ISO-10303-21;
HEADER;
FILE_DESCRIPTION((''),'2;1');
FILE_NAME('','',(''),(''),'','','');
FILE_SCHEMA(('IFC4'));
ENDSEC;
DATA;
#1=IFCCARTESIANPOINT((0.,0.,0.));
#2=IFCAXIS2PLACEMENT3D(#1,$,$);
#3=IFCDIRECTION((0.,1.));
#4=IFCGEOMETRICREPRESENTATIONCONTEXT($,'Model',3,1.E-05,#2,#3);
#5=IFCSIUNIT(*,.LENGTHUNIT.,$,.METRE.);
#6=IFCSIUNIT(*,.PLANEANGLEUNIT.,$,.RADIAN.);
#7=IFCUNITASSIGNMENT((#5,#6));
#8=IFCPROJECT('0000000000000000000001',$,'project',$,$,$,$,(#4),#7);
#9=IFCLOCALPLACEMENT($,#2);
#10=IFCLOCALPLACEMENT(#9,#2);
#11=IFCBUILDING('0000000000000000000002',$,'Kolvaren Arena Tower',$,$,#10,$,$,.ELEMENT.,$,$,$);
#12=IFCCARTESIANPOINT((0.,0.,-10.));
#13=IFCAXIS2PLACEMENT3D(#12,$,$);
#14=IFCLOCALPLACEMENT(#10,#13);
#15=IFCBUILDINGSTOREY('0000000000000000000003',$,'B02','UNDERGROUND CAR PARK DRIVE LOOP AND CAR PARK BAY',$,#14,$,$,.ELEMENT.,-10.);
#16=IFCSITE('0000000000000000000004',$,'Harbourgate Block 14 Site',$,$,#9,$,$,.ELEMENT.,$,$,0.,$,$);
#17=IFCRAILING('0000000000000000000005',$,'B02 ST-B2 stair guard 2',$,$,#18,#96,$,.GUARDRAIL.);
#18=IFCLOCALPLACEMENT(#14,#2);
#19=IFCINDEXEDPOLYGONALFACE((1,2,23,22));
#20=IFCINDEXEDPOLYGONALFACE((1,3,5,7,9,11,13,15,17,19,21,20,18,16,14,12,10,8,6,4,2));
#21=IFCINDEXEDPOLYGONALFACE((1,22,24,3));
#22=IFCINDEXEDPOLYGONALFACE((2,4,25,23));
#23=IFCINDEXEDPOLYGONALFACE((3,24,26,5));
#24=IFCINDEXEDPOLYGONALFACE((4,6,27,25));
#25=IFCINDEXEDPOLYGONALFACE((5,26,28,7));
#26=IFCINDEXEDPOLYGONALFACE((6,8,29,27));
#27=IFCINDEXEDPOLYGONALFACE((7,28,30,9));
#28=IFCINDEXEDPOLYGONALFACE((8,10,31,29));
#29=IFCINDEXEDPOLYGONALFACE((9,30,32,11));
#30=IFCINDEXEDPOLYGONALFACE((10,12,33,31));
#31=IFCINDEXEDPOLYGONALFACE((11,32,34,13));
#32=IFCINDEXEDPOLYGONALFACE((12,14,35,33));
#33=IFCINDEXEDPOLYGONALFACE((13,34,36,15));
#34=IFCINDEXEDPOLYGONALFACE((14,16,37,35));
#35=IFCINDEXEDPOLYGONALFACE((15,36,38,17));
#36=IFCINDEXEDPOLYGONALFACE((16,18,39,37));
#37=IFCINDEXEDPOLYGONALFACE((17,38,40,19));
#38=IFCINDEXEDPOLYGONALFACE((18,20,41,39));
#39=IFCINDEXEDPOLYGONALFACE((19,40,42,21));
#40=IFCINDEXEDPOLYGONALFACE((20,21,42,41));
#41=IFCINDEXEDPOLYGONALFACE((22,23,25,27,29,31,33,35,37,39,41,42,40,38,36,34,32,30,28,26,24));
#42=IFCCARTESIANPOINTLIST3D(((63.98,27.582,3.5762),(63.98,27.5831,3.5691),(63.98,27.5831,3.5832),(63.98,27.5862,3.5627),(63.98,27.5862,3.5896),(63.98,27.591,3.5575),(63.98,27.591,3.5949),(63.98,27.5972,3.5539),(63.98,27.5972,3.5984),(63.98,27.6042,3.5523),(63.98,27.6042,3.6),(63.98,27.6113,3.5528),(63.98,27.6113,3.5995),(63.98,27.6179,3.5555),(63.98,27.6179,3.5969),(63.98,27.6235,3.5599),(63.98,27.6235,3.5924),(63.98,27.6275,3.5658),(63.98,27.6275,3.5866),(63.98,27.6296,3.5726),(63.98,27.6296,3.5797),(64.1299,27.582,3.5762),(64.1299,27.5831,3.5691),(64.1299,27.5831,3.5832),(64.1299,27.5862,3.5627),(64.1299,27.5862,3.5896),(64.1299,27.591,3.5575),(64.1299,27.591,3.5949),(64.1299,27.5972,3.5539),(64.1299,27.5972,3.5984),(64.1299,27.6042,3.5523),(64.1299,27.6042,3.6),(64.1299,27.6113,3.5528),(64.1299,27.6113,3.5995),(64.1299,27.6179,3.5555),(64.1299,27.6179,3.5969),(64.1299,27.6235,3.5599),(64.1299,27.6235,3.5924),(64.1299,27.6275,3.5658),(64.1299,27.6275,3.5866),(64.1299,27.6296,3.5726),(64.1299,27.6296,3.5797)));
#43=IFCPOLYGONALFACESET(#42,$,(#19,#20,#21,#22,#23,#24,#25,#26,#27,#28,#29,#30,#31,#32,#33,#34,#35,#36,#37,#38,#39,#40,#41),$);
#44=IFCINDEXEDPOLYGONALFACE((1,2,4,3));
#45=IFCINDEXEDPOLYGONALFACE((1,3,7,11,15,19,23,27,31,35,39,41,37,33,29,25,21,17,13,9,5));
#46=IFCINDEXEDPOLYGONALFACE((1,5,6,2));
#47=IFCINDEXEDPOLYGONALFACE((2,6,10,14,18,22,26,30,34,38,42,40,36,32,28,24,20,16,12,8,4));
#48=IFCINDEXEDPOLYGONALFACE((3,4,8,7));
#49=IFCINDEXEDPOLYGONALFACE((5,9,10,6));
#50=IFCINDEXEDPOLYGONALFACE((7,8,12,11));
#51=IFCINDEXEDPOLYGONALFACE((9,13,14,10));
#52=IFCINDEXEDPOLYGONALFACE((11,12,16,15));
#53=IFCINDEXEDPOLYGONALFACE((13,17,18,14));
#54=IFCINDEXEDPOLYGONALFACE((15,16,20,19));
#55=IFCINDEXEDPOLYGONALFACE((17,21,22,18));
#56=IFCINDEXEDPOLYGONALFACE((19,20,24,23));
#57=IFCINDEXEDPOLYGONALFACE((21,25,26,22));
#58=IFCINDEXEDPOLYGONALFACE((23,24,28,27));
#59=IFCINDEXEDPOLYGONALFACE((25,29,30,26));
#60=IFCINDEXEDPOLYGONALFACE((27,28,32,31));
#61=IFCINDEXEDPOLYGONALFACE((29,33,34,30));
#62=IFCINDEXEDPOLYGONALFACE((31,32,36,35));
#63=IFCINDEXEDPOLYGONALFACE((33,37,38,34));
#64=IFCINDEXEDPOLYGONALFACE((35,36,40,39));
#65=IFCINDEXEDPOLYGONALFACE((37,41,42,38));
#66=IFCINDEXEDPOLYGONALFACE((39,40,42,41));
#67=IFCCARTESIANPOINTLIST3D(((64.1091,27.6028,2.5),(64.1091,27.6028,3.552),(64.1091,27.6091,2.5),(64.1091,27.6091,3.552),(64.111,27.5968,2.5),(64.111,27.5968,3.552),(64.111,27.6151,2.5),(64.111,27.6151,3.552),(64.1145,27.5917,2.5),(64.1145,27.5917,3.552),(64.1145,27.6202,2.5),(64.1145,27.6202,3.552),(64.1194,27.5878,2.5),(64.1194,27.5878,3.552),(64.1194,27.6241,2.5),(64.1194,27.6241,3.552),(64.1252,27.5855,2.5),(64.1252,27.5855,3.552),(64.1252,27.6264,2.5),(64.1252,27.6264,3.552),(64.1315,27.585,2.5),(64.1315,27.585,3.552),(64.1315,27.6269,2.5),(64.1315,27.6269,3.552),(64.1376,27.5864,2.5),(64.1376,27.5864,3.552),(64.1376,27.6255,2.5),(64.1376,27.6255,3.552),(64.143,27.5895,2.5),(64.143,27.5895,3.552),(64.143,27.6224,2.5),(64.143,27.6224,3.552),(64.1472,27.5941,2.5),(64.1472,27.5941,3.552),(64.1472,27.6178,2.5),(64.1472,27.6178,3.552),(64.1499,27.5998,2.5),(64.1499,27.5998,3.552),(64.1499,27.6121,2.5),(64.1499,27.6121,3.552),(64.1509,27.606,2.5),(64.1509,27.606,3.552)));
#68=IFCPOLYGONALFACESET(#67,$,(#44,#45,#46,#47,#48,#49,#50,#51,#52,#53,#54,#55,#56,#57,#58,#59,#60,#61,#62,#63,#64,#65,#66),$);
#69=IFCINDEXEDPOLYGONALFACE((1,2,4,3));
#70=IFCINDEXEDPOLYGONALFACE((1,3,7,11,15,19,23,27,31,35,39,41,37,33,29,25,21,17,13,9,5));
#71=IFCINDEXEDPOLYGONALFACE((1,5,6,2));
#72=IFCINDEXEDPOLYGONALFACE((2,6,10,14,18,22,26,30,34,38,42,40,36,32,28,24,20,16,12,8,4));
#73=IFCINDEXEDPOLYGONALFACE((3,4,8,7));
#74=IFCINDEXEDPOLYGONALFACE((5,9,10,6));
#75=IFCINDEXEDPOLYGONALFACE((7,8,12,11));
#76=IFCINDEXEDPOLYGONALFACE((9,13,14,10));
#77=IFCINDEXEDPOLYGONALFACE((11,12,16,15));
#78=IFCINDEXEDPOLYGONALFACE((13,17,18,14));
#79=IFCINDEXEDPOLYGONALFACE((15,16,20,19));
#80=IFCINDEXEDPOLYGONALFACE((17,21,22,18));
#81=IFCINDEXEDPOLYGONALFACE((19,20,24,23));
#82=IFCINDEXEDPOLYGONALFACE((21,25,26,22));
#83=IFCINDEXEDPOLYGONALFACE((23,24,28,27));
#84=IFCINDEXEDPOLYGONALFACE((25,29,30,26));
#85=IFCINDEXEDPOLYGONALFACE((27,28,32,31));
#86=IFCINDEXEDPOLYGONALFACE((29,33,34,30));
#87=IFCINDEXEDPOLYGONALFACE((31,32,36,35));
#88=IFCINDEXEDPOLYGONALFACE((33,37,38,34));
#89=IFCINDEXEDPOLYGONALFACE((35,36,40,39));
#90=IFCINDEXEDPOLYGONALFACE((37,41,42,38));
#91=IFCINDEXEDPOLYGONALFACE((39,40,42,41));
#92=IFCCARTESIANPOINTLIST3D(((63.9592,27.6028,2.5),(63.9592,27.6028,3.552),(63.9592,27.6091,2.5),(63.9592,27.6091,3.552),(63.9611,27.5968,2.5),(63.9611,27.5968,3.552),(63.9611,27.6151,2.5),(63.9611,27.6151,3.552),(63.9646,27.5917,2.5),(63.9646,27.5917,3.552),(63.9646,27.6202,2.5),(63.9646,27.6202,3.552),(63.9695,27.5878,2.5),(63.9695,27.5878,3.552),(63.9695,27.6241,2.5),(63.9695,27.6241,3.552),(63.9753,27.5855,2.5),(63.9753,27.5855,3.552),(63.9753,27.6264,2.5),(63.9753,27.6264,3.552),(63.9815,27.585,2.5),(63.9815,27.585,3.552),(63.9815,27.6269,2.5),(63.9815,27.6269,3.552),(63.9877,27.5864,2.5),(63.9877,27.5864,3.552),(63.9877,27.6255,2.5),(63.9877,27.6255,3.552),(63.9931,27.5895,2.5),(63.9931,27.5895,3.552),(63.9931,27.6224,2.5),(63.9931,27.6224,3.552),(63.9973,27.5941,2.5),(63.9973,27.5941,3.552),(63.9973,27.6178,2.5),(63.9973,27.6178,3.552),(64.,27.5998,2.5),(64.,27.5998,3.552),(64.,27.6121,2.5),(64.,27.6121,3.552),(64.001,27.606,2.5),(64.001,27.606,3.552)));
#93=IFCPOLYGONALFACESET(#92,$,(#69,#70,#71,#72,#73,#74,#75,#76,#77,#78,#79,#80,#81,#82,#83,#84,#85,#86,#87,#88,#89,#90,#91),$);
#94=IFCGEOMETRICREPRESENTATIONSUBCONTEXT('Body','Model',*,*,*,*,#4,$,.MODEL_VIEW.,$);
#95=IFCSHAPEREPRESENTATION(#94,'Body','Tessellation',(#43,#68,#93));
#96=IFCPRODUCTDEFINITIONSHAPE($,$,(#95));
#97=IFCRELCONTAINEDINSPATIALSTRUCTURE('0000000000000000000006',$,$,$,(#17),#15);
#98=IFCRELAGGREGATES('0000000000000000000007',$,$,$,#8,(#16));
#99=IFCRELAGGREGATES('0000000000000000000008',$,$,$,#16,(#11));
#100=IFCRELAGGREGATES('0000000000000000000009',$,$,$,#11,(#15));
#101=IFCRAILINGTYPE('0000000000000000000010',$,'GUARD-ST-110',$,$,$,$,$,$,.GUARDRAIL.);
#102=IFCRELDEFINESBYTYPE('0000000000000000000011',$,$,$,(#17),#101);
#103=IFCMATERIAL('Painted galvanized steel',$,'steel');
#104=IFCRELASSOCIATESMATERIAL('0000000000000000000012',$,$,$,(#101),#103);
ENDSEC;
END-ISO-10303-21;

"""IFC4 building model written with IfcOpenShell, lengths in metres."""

from ifc_helpers import new_model, si_unit, direction, frame, origin, origin_2d, place, context, subcontext, project, spatial, circle, extrude, material, type_object, element, save


model = new_model("IFC4")

# Units and contexts
model_context = context("Model", 3, precision=1e-05, world=origin(), true_north=direction((0.0, 1.0)))
body_context = subcontext(model_context, "Body", "Model", "MODEL_VIEW")
ifc_project = project(units=[si_unit("LENGTHUNIT", "METRE"), si_unit("PLANEANGLEUNIT", "RADIAN")], contexts=[model_context])

# Site, building, storey
site_placement = place(None, origin())
site = spatial("IfcSite", under=ifc_project, at=site_placement, Name="Harbourgate Block 14 Site", CompositionType="ELEMENT", RefElevation=0.0)
building_placement = place(site_placement, origin())
building = spatial("IfcBuilding", under=site, at=building_placement, Name="Kolvaren Arena Tower", CompositionType="ELEMENT")
storey_placement = place(building_placement, frame((0.0, 0.0, -10.0)))
storey = spatial("IfcBuildingStorey", under=building, at=storey_placement, Name="B02", Description="UNDERGROUND CAR PARK DRIVE LOOP AND CAR PARK BAY", CompositionType="ELEMENT", Elevation=-10.0)

# Railing
ifc_material_1 = material(Name="Painted galvanized steel", Category="steel")
railing_type_1 = type_object("IfcRailingType", Name="GUARD-ST-110", PredefinedType="GUARDRAIL", material=ifc_material_1)
railing_1_placement = place(storey_placement, frame((64.1299, 27.606, 2.5)))
element("IfcRailing", 1, at=railing_1_placement, inside=storey, type_object=railing_type_1, Name="B02 ST-B2 stair guard 2", PredefinedType="GUARDRAIL", context=body_context, shape_type="SweptSolid", body=[
    extrude(circle(Radius=0.0239, at=origin_2d()), frame((0.0, 0.0, 1.0762), z_axis=(-1.0, 0.0, 0.0), x_axis=(0.0, -1.0, 0.0)), (0.0, 0.0, 1.0), 0.1499),
    extrude(circle(Radius=0.021, at=origin_2d()), origin(), (0.0, 0.0, 1.0), 1.052),
    extrude(circle(Radius=0.021, at=origin_2d()), frame((-0.1499, 0.0, 0.0)), (0.0, 0.0, 1.0), 1.052),
])

save(model, "model.ifc")
